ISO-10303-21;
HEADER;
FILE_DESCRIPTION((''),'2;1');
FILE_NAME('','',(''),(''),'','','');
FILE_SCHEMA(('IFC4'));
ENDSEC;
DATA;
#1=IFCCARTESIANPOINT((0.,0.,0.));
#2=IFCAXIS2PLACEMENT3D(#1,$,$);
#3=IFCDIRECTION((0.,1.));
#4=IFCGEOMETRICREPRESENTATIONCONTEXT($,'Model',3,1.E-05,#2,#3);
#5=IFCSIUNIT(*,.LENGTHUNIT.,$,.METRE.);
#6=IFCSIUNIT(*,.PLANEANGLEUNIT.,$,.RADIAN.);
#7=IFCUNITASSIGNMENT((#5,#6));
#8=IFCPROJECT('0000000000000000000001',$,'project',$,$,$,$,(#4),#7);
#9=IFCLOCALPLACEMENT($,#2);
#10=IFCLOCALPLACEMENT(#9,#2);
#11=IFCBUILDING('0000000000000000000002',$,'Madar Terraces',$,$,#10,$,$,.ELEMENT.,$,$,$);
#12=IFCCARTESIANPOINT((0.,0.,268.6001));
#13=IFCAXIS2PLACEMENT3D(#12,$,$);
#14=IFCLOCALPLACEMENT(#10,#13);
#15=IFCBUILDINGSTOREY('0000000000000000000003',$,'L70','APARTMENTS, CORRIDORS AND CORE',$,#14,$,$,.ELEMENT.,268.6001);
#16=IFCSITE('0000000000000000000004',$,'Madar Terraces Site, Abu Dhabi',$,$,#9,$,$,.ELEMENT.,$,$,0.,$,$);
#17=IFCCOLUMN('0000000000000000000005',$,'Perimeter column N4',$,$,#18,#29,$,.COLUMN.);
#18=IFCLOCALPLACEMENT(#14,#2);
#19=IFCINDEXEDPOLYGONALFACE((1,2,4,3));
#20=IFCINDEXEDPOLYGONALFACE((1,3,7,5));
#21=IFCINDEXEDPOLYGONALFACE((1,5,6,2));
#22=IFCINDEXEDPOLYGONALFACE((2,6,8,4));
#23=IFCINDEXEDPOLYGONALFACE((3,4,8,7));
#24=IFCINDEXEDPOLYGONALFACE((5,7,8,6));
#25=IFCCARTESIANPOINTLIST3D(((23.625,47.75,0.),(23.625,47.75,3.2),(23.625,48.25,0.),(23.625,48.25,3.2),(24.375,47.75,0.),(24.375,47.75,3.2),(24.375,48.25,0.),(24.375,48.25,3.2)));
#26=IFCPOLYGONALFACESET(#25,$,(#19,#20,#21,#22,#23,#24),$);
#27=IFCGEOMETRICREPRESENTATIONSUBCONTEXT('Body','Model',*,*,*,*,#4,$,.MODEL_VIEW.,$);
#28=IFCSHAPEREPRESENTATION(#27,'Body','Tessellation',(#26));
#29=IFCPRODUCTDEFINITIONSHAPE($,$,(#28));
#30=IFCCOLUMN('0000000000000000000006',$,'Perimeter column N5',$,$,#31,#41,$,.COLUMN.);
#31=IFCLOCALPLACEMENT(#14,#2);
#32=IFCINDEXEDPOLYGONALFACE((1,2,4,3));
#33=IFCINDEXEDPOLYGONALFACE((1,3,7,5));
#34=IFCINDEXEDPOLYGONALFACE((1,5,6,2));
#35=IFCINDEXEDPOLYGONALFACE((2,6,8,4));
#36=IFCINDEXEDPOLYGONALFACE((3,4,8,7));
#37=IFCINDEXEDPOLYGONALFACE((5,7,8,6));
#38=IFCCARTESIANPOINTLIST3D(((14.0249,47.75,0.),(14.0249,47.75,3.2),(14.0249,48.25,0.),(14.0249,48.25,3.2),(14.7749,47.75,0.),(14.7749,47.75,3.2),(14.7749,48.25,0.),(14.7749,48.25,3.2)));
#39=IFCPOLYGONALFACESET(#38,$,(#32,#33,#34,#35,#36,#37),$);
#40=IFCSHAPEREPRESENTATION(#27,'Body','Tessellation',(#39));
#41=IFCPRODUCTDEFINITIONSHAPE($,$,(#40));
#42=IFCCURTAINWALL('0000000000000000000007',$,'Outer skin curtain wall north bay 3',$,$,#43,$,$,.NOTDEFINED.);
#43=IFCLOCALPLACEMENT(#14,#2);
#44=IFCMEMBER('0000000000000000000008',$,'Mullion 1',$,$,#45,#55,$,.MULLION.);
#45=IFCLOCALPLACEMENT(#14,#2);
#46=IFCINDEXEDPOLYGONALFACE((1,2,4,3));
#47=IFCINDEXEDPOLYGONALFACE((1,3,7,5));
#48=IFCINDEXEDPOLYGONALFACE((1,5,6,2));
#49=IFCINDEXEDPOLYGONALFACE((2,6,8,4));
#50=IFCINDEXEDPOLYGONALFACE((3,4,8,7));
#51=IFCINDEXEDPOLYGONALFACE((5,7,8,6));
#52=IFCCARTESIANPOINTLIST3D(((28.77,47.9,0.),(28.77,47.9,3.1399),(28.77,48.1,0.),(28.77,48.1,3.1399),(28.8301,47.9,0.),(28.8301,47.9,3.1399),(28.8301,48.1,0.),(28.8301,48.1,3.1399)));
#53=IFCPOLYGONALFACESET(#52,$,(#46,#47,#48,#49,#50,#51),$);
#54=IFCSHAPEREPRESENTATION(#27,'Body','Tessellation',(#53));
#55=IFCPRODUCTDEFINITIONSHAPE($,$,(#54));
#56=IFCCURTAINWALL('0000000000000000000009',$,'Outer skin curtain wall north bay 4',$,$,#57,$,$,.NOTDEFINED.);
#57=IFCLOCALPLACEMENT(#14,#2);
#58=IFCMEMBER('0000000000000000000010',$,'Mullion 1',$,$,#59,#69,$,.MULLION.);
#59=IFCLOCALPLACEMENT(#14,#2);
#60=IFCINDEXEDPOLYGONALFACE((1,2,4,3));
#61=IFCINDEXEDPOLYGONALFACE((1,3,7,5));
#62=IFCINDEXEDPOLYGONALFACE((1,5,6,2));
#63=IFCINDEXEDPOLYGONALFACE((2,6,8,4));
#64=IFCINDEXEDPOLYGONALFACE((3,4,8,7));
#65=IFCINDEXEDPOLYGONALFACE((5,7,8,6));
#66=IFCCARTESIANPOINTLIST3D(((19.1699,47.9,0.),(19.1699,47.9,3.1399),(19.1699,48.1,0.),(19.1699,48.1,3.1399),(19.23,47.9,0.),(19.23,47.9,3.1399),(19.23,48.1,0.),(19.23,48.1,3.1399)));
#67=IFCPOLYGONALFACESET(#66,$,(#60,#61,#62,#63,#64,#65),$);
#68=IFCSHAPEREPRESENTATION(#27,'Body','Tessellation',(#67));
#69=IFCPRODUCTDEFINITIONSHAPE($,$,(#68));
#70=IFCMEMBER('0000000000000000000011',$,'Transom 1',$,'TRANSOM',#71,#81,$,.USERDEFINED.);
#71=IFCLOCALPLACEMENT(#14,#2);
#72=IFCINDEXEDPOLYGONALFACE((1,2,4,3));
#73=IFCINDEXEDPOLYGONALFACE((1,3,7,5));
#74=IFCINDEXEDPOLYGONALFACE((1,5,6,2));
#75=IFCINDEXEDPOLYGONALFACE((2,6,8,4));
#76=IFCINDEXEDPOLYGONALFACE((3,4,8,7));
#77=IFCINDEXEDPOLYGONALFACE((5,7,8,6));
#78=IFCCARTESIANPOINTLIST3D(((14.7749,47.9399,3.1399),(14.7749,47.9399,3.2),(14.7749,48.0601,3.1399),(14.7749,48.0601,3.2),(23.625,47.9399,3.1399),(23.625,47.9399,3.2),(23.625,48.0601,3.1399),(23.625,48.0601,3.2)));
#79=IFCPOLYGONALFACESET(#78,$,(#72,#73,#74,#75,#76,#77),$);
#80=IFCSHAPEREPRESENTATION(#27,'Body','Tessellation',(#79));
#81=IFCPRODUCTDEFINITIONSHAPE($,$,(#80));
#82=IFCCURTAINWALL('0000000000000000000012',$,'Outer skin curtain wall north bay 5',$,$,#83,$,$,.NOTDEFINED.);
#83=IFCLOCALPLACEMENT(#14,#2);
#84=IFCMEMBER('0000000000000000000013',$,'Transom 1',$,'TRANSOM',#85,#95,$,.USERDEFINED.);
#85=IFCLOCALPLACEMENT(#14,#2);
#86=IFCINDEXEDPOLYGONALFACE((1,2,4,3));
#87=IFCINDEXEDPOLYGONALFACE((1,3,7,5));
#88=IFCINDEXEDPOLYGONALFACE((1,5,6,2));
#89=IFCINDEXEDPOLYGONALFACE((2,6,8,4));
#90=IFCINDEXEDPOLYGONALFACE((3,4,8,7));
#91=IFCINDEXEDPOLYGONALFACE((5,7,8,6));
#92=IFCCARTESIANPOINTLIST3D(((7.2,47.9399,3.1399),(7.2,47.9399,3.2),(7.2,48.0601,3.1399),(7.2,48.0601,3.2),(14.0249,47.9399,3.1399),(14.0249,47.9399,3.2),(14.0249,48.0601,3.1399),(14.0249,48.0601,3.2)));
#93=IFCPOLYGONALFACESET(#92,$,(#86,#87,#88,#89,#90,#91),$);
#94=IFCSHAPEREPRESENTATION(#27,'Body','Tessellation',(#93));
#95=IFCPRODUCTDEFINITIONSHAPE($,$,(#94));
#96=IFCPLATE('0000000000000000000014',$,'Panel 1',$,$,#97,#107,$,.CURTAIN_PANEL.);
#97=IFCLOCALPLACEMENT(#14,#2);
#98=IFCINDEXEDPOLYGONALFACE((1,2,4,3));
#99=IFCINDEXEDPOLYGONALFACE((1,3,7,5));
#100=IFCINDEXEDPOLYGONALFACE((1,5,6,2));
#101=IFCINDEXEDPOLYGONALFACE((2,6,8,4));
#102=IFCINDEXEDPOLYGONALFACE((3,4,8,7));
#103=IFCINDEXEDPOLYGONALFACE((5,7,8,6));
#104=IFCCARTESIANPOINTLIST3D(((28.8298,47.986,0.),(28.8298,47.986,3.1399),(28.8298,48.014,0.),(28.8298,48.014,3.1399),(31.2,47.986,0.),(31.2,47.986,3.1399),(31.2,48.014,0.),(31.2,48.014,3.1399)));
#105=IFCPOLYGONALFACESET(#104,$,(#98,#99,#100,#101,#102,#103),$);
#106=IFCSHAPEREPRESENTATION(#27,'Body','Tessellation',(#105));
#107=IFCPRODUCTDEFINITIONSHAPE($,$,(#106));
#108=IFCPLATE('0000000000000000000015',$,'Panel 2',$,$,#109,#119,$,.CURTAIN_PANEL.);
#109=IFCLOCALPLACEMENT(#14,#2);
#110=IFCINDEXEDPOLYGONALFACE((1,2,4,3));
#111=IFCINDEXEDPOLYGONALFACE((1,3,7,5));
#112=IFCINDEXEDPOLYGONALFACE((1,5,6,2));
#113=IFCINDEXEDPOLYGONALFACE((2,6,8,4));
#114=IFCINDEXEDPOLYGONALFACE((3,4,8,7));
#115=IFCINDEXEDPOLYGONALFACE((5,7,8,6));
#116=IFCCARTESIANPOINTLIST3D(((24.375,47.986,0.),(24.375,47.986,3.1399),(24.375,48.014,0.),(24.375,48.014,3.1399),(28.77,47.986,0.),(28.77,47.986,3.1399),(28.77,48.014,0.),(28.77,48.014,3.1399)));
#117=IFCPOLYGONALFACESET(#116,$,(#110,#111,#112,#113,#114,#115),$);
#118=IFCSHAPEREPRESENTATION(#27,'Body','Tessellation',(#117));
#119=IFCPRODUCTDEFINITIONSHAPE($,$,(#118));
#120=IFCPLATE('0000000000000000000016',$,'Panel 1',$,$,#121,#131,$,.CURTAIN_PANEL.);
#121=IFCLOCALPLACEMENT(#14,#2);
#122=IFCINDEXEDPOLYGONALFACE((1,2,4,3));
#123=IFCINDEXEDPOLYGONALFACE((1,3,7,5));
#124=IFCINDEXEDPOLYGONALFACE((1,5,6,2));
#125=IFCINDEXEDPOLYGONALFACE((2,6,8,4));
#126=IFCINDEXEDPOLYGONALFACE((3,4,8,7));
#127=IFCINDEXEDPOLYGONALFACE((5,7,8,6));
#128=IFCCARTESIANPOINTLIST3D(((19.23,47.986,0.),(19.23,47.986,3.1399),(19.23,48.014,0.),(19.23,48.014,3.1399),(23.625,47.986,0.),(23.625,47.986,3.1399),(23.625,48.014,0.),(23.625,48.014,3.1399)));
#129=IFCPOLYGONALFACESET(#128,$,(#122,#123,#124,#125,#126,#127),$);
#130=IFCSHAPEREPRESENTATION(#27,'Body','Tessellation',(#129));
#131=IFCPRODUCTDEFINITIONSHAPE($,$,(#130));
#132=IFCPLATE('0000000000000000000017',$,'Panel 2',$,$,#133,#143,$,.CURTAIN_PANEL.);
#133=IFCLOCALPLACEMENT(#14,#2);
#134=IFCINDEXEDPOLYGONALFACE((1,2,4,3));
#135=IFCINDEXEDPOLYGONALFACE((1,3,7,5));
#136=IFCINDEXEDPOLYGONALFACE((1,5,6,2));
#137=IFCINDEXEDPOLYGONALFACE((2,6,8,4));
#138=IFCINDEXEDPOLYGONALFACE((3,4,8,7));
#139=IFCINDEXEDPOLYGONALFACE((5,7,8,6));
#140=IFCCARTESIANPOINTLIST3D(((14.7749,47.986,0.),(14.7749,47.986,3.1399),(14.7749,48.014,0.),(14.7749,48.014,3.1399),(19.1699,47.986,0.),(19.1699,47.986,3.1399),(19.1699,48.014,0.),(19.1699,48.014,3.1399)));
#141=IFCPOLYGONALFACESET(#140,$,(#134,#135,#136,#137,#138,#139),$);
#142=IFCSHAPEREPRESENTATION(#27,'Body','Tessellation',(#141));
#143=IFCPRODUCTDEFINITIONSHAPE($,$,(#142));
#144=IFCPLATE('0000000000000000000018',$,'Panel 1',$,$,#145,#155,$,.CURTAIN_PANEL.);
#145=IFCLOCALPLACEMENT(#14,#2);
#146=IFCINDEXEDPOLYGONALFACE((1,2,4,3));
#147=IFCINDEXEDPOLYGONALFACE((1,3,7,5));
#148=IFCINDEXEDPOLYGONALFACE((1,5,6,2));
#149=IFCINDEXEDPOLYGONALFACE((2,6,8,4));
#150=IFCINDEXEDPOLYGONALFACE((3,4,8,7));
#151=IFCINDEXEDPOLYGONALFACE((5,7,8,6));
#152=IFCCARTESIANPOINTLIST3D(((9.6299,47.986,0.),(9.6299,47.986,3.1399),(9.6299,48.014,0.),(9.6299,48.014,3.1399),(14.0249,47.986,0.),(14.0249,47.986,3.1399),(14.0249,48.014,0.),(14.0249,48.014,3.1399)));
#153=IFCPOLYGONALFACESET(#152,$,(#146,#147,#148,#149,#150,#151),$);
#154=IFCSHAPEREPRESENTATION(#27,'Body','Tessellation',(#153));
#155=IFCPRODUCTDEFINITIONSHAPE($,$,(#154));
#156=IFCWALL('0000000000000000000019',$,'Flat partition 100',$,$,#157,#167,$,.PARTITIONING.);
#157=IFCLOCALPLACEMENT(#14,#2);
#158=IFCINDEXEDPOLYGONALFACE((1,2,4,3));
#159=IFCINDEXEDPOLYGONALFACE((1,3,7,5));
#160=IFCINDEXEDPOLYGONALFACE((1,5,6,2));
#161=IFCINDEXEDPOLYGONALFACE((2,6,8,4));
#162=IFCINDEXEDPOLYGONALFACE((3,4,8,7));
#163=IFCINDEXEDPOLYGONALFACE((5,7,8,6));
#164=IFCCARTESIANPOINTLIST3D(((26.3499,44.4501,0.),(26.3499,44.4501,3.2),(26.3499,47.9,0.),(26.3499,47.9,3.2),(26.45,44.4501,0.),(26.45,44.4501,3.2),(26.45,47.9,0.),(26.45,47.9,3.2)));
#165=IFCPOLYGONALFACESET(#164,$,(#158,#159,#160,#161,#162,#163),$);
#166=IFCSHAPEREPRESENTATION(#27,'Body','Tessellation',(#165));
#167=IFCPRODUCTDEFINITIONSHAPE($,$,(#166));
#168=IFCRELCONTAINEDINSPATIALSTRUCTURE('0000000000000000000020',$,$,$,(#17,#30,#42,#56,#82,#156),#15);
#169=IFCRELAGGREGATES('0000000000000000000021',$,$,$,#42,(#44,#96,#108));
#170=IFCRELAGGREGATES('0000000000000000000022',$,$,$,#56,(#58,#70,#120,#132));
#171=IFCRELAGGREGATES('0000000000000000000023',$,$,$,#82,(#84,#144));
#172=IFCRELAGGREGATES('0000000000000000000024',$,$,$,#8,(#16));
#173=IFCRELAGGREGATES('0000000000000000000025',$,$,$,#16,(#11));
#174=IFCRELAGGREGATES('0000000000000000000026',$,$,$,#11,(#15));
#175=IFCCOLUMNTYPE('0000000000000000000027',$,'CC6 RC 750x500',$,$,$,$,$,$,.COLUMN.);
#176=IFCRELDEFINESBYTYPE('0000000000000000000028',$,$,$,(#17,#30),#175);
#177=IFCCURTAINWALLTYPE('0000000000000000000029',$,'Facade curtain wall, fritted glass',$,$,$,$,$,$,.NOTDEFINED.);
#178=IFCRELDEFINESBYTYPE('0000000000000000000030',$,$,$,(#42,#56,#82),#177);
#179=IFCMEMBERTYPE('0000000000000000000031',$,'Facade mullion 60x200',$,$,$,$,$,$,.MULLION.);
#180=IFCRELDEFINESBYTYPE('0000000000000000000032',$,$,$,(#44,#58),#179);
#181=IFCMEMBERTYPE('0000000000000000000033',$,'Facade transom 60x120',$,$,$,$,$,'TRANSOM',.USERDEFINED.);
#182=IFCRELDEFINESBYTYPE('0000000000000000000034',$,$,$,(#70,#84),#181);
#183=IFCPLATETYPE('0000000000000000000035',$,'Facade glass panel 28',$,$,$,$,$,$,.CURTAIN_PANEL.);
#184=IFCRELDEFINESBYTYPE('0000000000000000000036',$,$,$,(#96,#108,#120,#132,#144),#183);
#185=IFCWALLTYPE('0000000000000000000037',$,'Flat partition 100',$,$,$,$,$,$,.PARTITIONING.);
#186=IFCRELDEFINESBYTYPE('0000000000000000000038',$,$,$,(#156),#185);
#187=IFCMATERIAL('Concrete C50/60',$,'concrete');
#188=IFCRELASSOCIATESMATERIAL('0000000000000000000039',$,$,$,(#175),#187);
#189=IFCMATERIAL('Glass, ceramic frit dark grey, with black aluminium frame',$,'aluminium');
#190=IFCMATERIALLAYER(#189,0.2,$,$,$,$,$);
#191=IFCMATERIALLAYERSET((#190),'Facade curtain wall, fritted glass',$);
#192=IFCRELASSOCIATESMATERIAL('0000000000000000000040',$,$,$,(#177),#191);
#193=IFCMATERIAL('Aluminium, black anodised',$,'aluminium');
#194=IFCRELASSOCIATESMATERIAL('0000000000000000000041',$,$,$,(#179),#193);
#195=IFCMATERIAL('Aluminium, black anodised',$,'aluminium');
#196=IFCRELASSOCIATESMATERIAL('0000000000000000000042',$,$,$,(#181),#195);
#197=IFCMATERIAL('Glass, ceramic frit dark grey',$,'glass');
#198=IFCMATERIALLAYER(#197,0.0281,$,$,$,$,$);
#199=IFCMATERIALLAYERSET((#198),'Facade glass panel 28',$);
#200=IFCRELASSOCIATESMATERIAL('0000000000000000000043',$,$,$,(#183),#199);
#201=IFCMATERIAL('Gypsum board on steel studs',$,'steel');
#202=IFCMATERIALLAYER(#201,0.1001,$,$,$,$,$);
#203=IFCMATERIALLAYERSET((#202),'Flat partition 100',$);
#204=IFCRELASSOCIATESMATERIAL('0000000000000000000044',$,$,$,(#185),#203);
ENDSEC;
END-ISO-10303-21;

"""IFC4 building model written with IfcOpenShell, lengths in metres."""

from ifc_helpers import new_model, si_unit, direction, frame, frame_2d, origin, origin_2d, place, context, subcontext, project, spatial, rectangle, extrude, material, layer, layer_set, material_profile, profile_set, type_object, element, aggregate, save


model = new_model("IFC4")

# Units and contexts
model_context = context("Model", 3, precision=1e-05, world=origin(), true_north=direction((0.0, 1.0)))
body_context = subcontext(model_context, "Body", "Model", "MODEL_VIEW")
ifc_project = project(units=[si_unit("LENGTHUNIT", "METRE"), si_unit("PLANEANGLEUNIT", "RADIAN")], contexts=[model_context])

# Site, building, storey
site_placement = place(None, origin())
site = spatial("IfcSite", under=ifc_project, at=site_placement, Name="Madar Terraces Site, Abu Dhabi", CompositionType="ELEMENT", RefElevation=0.0)
building_placement = place(site_placement, origin())
building = spatial("IfcBuilding", under=site, at=building_placement, Name="Madar Terraces", CompositionType="ELEMENT")
storey_placement = place(building_placement, frame((0.0, 0.0, 268.6001)))
storey = spatial("IfcBuildingStorey", under=building, at=storey_placement, Name="L70", Description="APARTMENTS, CORRIDORS AND CORE", CompositionType="ELEMENT", Elevation=268.6001)

# Columns
ifc_material_1 = material(Name="Concrete C50/60", Category="concrete")
ifc_material_profile_1 = material_profile(ifc_material_1, rectangle(XDim=0.75, YDim=0.5, at=origin_2d()), Name="CC6 RC 750x500")
ifc_profile_set_1 = profile_set([ifc_material_profile_1], Name="Concrete C50/60")
column_type = type_object("IfcColumnType", Name="CC6 RC 750x500", PredefinedType="COLUMN", material=ifc_profile_set_1)
for number, where, z_axis, x_axis, name in (
    (1, (24.0, 48.0, 0.0), (0.0, 0.0, 1.0), (1.0, 0.0, 0.0), "Perimeter column N4"),
    (2, (14.3999, 48.0, 0.0), (0.0, 0.0, 1.0), (1.0, 0.0, 0.0), "Perimeter column N5"),
):
    element("IfcColumn", number, at=place(storey_placement, frame(where, z_axis=z_axis, x_axis=x_axis)), inside=storey, type_object=column_type, Name=name, PredefinedType="COLUMN", context=body_context, shape_type="SweptSolid", body=[
        extrude(rectangle(XDim=0.75, YDim=0.5, at=origin_2d()), origin(), (0.0, 0.0, 1.0), 3.2),
    ])

# Curtain wall, member
ifc_material_2 = material(Name="Glass, ceramic frit dark grey, with black aluminium frame", Category="aluminium")
ifc_layer_1 = layer(ifc_material_2, 0.2)
ifc_layer_set_1 = layer_set([ifc_layer_1], Name="Facade curtain wall, fritted glass")
curtain_wall_type = type_object("IfcCurtainWallType", Name="Facade curtain wall, fritted glass", PredefinedType="NOTDEFINED", material=ifc_layer_set_1)
curtain_wall_1_placement = place(storey_placement, origin())
curtain_wall_1 = element("IfcCurtainWall", 3, at=curtain_wall_1_placement, inside=storey, type_object=curtain_wall_type, Name="Outer skin curtain wall north bay 3", PredefinedType="NOTDEFINED")
ifc_material_3 = material(Name="Aluminium, black anodised", Category="aluminium")
ifc_material_profile_2 = material_profile(ifc_material_3, rectangle(XDim=0.2, YDim=0.0601, at=origin_2d()), Name="Facade mullion 60x200")
ifc_profile_set_2 = profile_set([ifc_material_profile_2], Name="Aluminium, black anodised")
member_type_1 = type_object("IfcMemberType", Name="Facade mullion 60x200", PredefinedType="MULLION", material=ifc_profile_set_2)
member_1_placement = place(storey_placement, frame((28.8, 48.0, 0.0), z_axis=(0.0, 0.0, 1.0), x_axis=(0.0, -1.0, 0.0)))
member_1 = element("IfcMember", 4, at=member_1_placement, type_object=member_type_1, Name="Mullion 1", PredefinedType="MULLION", context=body_context, shape_type="SweptSolid", body=[
    extrude(rectangle(XDim=0.2, YDim=0.0601, at=origin_2d()), origin(), (0.0, 0.0, 1.0), 3.1399),
])

# Curtain wall, members
curtain_wall_2_placement = place(storey_placement, origin())
curtain_wall_2 = element("IfcCurtainWall", 5, at=curtain_wall_2_placement, inside=storey, type_object=curtain_wall_type, Name="Outer skin curtain wall north bay 4", PredefinedType="NOTDEFINED")
member_2_placement = place(storey_placement, frame((19.2, 48.0, 0.0), z_axis=(0.0, 0.0, 1.0), x_axis=(0.0, -1.0, 0.0)))
member_2 = element("IfcMember", 6, at=member_2_placement, type_object=member_type_1, Name="Mullion 1", PredefinedType="MULLION", context=body_context, shape_type="SweptSolid", body=[
    extrude(rectangle(XDim=0.2, YDim=0.0601, at=origin_2d()), origin(), (0.0, 0.0, 1.0), 3.1399),
])
ifc_material_4 = material(Name="Aluminium, black anodised", Category="aluminium")
ifc_material_profile_3 = material_profile(ifc_material_4, rectangle(XDim=0.1201, YDim=0.0601, at=origin_2d()), Name="Facade transom 60x120")
ifc_profile_set_3 = profile_set([ifc_material_profile_3], Name="Aluminium, black anodised")
member_type_2 = type_object("IfcMemberType", Name="Facade transom 60x120", ElementType="TRANSOM", PredefinedType="USERDEFINED", material=ifc_profile_set_3)
member_3_placement = place(storey_placement, frame((23.625, 48.0, 3.1699), z_axis=(-1.0, 0.0, 0.0), x_axis=(0.0, -1.0, 0.0)))
member_3 = element("IfcMember", 7, at=member_3_placement, type_object=member_type_2, Name="Transom 1", ObjectType="TRANSOM", PredefinedType="USERDEFINED", context=body_context, shape_type="SweptSolid", body=[
    extrude(rectangle(XDim=0.1201, YDim=0.0601, at=origin_2d()), origin(), (0.0, 0.0, 1.0), 8.8501),
])

# Curtain wall, member
curtain_wall_3_placement = place(storey_placement, origin())
curtain_wall_3 = element("IfcCurtainWall", 8, at=curtain_wall_3_placement, inside=storey, type_object=curtain_wall_type, Name="Outer skin curtain wall north bay 5", PredefinedType="NOTDEFINED")
member_4_placement = place(storey_placement, frame((14.0249, 48.0, 3.1699), z_axis=(-1.0, 0.0, 0.0), x_axis=(0.0, -1.0, 0.0)))
member_4 = element("IfcMember", 9, at=member_4_placement, type_object=member_type_2, Name="Transom 1", ObjectType="TRANSOM", PredefinedType="USERDEFINED", context=body_context, shape_type="SweptSolid", body=[
    extrude(rectangle(XDim=0.1201, YDim=0.0601, at=origin_2d()), origin(), (0.0, 0.0, 1.0), 6.825),
])

# Plates
ifc_material_5 = material(Name="Glass, ceramic frit dark grey", Category="glass")
ifc_layer_2 = layer(ifc_material_5, 0.0281)
ifc_layer_set_2 = layer_set([ifc_layer_2], Name="Facade glass panel 28")
plate_type = type_object("IfcPlateType", Name="Facade glass panel 28", PredefinedType="CURTAIN_PANEL", material=ifc_layer_set_2)
plate_1_placement = place(storey_placement, frame((30.0149, 48.0, 0.0), z_axis=(0.0, 0.0, 1.0), x_axis=(-1.0, 0.0, 0.0)))
plate_1 = element("IfcPlate", 10, at=plate_1_placement, type_object=plate_type, Name="Panel 1", PredefinedType="CURTAIN_PANEL", context=body_context, shape_type="SweptSolid", body=[
    extrude(rectangle(XDim=2.3701, YDim=0.0281, at=origin_2d()), origin(), (0.0, 0.0, 1.0), 3.1399),
])
plate_2_placement = place(storey_placement, frame((26.5725, 48.0, 0.0), z_axis=(0.0, 0.0, 1.0), x_axis=(-1.0, 0.0, 0.0)))
plate_2 = element("IfcPlate", 11, at=plate_2_placement, type_object=plate_type, Name="Panel 2", PredefinedType="CURTAIN_PANEL", context=body_context, shape_type="SweptSolid", body=[
    extrude(rectangle(XDim=4.395, YDim=0.0281, at=origin_2d()), origin(), (0.0, 0.0, 1.0), 3.1399),
])
aggregate(curtain_wall_1, [member_1, plate_1, plate_2])
plate_3_placement = place(storey_placement, frame((21.4275, 48.0, 0.0), z_axis=(0.0, 0.0, 1.0), x_axis=(-1.0, 0.0, 0.0)))
plate_3 = element("IfcPlate", 12, at=plate_3_placement, type_object=plate_type, Name="Panel 1", PredefinedType="CURTAIN_PANEL", context=body_context, shape_type="SweptSolid", body=[
    extrude(rectangle(XDim=4.395, YDim=0.0281, at=origin_2d()), origin(), (0.0, 0.0, 1.0), 3.1399),
])
plate_4_placement = place(storey_placement, frame((16.9724, 48.0, 0.0), z_axis=(0.0, 0.0, 1.0), x_axis=(-1.0, 0.0, 0.0)))
plate_4 = element("IfcPlate", 13, at=plate_4_placement, type_object=plate_type, Name="Panel 2", PredefinedType="CURTAIN_PANEL", context=body_context, shape_type="SweptSolid", body=[
    extrude(rectangle(XDim=4.395, YDim=0.0281, at=origin_2d()), origin(), (0.0, 0.0, 1.0), 3.1399),
])
aggregate(curtain_wall_2, [member_2, member_3, plate_3, plate_4])
plate_5_placement = place(storey_placement, frame((11.8274, 48.0, 0.0), z_axis=(0.0, 0.0, 1.0), x_axis=(-1.0, 0.0, 0.0)))
plate_5 = element("IfcPlate", 14, at=plate_5_placement, type_object=plate_type, Name="Panel 1", PredefinedType="CURTAIN_PANEL", context=body_context, shape_type="SweptSolid", body=[
    extrude(rectangle(XDim=4.395, YDim=0.0281, at=origin_2d()), origin(), (0.0, 0.0, 1.0), 3.1399),
])
aggregate(curtain_wall_3, [member_4, plate_5])

# Wall
ifc_material_6 = material(Name="Gypsum board on steel studs", Category="steel")
ifc_layer_3 = layer(ifc_material_6, 0.1001)
ifc_layer_set_3 = layer_set([ifc_layer_3], Name="Flat partition 100")
wall_type_1 = type_object("IfcWallType", Name="Flat partition 100", PredefinedType="PARTITIONING", material=ifc_layer_set_3)
wall_1_placement = place(storey_placement, frame((26.3999, 44.45, 0.0), z_axis=(0.0, 0.0, 1.0), x_axis=(0.0, 1.0, 0.0)))
element("IfcWall", 15, at=wall_1_placement, inside=storey, type_object=wall_type_1, Name="Flat partition 100", PredefinedType="PARTITIONING", context=body_context, shape_type="SweptSolid", body=[
    extrude(rectangle(XDim=3.45, YDim=0.1001, at=frame_2d((1.7251, 0.0))), origin(), (0.0, 0.0, 1.0), 3.2),
])

save(model, "model.ifc")
